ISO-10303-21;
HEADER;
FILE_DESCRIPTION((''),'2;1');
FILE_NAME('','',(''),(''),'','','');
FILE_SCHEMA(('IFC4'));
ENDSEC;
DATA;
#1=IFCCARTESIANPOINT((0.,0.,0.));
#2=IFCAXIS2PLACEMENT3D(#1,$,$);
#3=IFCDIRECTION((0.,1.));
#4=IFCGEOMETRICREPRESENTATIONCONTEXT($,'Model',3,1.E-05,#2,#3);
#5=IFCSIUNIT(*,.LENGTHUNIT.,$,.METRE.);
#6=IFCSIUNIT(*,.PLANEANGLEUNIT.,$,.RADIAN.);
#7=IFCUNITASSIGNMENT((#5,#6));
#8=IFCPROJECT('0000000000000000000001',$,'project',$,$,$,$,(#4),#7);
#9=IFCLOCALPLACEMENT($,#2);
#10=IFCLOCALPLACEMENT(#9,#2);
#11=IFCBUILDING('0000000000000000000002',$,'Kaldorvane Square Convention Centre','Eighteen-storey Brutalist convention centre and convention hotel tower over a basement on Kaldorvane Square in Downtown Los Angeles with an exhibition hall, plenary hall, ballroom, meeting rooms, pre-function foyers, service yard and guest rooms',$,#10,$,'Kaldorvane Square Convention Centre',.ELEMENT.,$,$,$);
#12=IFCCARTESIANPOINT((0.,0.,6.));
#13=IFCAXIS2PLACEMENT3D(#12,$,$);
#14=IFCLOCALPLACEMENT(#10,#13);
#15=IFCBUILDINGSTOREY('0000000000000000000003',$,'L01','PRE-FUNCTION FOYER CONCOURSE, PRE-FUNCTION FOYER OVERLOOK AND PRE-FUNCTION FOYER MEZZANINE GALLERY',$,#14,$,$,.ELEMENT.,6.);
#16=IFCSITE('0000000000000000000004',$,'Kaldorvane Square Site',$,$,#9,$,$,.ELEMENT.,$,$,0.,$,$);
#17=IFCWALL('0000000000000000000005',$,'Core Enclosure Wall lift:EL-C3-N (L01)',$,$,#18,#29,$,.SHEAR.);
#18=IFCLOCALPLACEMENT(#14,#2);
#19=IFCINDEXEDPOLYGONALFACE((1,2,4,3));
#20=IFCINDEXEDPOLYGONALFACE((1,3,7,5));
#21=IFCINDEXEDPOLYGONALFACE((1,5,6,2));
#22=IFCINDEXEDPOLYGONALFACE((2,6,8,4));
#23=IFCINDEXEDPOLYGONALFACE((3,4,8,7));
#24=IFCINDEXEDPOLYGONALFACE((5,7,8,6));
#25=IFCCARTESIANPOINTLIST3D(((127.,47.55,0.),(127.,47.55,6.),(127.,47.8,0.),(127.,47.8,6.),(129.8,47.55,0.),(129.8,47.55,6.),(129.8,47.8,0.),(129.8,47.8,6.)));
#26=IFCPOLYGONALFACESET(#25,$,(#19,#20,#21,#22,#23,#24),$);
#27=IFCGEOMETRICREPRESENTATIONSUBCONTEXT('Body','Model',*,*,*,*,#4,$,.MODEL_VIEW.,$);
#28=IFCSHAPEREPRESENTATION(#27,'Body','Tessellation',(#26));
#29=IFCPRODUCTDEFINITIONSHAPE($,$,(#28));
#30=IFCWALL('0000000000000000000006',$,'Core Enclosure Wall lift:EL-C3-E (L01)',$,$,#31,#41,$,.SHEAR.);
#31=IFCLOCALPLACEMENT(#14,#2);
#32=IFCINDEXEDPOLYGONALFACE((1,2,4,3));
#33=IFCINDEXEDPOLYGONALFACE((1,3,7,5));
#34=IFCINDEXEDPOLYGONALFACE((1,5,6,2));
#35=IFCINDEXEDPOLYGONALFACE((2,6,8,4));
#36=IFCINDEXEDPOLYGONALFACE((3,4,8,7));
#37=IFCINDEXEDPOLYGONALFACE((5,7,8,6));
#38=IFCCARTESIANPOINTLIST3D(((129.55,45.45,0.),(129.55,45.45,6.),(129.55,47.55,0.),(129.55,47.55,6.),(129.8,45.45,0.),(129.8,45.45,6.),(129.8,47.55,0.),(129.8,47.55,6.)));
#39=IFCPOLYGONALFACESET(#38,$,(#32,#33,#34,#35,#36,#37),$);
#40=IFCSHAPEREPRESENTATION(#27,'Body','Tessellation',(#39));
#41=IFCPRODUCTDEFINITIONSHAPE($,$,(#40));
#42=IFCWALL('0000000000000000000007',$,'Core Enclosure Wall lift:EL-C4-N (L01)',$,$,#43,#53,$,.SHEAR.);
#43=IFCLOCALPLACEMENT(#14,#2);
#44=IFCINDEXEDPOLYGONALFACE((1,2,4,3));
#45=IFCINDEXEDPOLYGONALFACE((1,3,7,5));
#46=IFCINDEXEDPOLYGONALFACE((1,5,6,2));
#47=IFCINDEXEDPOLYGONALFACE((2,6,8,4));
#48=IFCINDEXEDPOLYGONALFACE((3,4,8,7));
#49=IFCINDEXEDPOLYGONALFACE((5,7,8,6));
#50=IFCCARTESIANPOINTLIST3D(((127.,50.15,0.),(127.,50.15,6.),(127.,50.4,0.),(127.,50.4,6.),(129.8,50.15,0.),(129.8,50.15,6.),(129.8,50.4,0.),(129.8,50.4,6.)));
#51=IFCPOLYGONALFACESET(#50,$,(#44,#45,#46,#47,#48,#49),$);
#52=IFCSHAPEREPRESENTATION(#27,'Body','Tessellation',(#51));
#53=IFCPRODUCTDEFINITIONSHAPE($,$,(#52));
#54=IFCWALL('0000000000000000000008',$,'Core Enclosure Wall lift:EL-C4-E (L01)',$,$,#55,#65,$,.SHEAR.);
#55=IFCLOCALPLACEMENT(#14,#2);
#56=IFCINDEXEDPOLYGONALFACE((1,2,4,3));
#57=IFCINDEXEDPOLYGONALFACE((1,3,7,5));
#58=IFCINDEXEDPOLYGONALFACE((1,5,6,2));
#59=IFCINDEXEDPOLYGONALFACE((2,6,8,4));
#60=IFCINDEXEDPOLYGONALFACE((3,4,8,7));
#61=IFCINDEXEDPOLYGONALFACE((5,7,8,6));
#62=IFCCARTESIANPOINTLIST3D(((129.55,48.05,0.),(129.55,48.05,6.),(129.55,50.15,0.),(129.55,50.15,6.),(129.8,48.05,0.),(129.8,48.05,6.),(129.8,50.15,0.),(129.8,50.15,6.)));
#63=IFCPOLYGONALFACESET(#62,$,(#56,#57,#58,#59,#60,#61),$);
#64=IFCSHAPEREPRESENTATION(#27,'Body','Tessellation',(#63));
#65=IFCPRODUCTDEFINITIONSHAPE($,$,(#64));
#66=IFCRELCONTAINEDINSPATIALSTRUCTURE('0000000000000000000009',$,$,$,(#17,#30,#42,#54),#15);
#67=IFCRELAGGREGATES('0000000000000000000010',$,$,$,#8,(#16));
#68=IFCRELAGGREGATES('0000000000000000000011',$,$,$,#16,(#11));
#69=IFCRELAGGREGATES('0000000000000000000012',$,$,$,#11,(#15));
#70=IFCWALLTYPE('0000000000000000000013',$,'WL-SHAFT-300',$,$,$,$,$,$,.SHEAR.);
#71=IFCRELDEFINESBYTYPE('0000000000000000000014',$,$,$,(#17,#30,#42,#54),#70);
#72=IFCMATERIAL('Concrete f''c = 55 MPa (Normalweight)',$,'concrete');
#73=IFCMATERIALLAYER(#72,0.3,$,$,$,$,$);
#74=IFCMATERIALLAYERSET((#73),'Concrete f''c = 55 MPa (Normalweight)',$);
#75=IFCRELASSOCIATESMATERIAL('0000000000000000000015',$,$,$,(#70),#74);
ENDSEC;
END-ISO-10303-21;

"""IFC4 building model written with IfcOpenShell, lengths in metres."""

from ifc_helpers import new_model, si_unit, direction, frame, frame_2d, origin, place, context, subcontext, project, spatial, rectangle, extrude, material, layer, layer_set, type_object, element, save


model = new_model("IFC4")

# Units and contexts
model_context = context("Model", 3, precision=1e-05, world=origin(), true_north=direction((0.0, 1.0)))
body_context = subcontext(model_context, "Body", "Model", "MODEL_VIEW")
ifc_project = project(units=[si_unit("LENGTHUNIT", "METRE"), si_unit("PLANEANGLEUNIT", "RADIAN")], contexts=[model_context])

# Site, building, storey
site_placement = place(None, origin())
site = spatial("IfcSite", under=ifc_project, at=site_placement, Name="Kaldorvane Square Site", CompositionType="ELEMENT", RefElevation=0.0)
building_placement = place(site_placement, origin())
building = spatial("IfcBuilding", under=site, at=building_placement, Name="Kaldorvane Square Convention Centre", Description="Eighteen-storey Brutalist convention centre and convention hotel tower over a basement on Kaldorvane Square in Downtown Los Angeles with an exhibition hall, plenary hall, ballroom, meeting rooms, pre-function foyers, service yard and guest rooms", LongName="Kaldorvane Square Convention Centre", CompositionType="ELEMENT")
storey_placement = place(building_placement, frame((0.0, 0.0, 6.0)))
storey = spatial("IfcBuildingStorey", under=building, at=storey_placement, Name="L01", Description="PRE-FUNCTION FOYER CONCOURSE, PRE-FUNCTION FOYER OVERLOOK AND PRE-FUNCTION FOYER MEZZANINE GALLERY", CompositionType="ELEMENT", Elevation=6.0)

# Walls
ifc_material_1 = material(Name="Concrete f'c = 55 MPa (Normalweight)", Category="concrete")
ifc_layer_1 = layer(ifc_material_1, 0.3)
ifc_layer_set_1 = layer_set([ifc_layer_1], Name="Concrete f'c = 55 MPa (Normalweight)")
wall_type_1 = type_object("IfcWallType", Name="WL-SHAFT-300", PredefinedType="SHEAR", material=ifc_layer_set_1)
wall_1_placement = place(storey_placement, frame((129.8, 47.675, 0.0), z_axis=(0.0, 0.0, 1.0), x_axis=(-1.0, 0.0, 0.0)))
element("IfcWall", 1, at=wall_1_placement, inside=storey, type_object=wall_type_1, Name="Core Enclosure Wall lift:EL-C3-N (L01)", PredefinedType="SHEAR", context=body_context, shape_type="SweptSolid", body=[
    extrude(rectangle(XDim=2.8, YDim=0.25, at=frame_2d((1.4, 0.0))), origin(), (0.0, 0.0, 1.0), 6.0),
])
wall_2_placement = place(storey_placement, frame((129.675, 45.45, 0.0), z_axis=(0.0, 0.0, 1.0), x_axis=(0.0, 1.0, 0.0)))
element("IfcWall", 2, at=wall_2_placement, inside=storey, type_object=wall_type_1, Name="Core Enclosure Wall lift:EL-C3-E (L01)", PredefinedType="SHEAR", context=body_context, shape_type="SweptSolid", body=[
    extrude(rectangle(XDim=2.1, YDim=0.25, at=frame_2d((1.05, 0.0))), origin(), (0.0, 0.0, 1.0), 6.0),
])
wall_3_placement = place(storey_placement, frame((129.8, 50.275, 0.0), z_axis=(0.0, 0.0, 1.0), x_axis=(-1.0, 0.0, 0.0)))
element("IfcWall", 3, at=wall_3_placement, inside=storey, type_object=wall_type_1, Name="Core Enclosure Wall lift:EL-C4-N (L01)", PredefinedType="SHEAR", context=body_context, shape_type="SweptSolid", body=[
    extrude(rectangle(XDim=2.8, YDim=0.25, at=frame_2d((1.4, 0.0))), origin(), (0.0, 0.0, 1.0), 6.0),
])

# Wall
wall_4_placement = place(storey_placement, frame((129.675, 48.05, 0.0), z_axis=(0.0, 0.0, 1.0), x_axis=(0.0, 1.0, 0.0)))
element("IfcWall", 4, at=wall_4_placement, inside=storey, type_object=wall_type_1, Name="Core Enclosure Wall lift:EL-C4-E (L01)", PredefinedType="SHEAR", context=body_context, shape_type="SweptSolid", body=[
    extrude(rectangle(XDim=2.1, YDim=0.25, at=frame_2d((1.05, 0.0))), origin(), (0.0, 0.0, 1.0), 6.0),
])

save(model, "model.ifc")
